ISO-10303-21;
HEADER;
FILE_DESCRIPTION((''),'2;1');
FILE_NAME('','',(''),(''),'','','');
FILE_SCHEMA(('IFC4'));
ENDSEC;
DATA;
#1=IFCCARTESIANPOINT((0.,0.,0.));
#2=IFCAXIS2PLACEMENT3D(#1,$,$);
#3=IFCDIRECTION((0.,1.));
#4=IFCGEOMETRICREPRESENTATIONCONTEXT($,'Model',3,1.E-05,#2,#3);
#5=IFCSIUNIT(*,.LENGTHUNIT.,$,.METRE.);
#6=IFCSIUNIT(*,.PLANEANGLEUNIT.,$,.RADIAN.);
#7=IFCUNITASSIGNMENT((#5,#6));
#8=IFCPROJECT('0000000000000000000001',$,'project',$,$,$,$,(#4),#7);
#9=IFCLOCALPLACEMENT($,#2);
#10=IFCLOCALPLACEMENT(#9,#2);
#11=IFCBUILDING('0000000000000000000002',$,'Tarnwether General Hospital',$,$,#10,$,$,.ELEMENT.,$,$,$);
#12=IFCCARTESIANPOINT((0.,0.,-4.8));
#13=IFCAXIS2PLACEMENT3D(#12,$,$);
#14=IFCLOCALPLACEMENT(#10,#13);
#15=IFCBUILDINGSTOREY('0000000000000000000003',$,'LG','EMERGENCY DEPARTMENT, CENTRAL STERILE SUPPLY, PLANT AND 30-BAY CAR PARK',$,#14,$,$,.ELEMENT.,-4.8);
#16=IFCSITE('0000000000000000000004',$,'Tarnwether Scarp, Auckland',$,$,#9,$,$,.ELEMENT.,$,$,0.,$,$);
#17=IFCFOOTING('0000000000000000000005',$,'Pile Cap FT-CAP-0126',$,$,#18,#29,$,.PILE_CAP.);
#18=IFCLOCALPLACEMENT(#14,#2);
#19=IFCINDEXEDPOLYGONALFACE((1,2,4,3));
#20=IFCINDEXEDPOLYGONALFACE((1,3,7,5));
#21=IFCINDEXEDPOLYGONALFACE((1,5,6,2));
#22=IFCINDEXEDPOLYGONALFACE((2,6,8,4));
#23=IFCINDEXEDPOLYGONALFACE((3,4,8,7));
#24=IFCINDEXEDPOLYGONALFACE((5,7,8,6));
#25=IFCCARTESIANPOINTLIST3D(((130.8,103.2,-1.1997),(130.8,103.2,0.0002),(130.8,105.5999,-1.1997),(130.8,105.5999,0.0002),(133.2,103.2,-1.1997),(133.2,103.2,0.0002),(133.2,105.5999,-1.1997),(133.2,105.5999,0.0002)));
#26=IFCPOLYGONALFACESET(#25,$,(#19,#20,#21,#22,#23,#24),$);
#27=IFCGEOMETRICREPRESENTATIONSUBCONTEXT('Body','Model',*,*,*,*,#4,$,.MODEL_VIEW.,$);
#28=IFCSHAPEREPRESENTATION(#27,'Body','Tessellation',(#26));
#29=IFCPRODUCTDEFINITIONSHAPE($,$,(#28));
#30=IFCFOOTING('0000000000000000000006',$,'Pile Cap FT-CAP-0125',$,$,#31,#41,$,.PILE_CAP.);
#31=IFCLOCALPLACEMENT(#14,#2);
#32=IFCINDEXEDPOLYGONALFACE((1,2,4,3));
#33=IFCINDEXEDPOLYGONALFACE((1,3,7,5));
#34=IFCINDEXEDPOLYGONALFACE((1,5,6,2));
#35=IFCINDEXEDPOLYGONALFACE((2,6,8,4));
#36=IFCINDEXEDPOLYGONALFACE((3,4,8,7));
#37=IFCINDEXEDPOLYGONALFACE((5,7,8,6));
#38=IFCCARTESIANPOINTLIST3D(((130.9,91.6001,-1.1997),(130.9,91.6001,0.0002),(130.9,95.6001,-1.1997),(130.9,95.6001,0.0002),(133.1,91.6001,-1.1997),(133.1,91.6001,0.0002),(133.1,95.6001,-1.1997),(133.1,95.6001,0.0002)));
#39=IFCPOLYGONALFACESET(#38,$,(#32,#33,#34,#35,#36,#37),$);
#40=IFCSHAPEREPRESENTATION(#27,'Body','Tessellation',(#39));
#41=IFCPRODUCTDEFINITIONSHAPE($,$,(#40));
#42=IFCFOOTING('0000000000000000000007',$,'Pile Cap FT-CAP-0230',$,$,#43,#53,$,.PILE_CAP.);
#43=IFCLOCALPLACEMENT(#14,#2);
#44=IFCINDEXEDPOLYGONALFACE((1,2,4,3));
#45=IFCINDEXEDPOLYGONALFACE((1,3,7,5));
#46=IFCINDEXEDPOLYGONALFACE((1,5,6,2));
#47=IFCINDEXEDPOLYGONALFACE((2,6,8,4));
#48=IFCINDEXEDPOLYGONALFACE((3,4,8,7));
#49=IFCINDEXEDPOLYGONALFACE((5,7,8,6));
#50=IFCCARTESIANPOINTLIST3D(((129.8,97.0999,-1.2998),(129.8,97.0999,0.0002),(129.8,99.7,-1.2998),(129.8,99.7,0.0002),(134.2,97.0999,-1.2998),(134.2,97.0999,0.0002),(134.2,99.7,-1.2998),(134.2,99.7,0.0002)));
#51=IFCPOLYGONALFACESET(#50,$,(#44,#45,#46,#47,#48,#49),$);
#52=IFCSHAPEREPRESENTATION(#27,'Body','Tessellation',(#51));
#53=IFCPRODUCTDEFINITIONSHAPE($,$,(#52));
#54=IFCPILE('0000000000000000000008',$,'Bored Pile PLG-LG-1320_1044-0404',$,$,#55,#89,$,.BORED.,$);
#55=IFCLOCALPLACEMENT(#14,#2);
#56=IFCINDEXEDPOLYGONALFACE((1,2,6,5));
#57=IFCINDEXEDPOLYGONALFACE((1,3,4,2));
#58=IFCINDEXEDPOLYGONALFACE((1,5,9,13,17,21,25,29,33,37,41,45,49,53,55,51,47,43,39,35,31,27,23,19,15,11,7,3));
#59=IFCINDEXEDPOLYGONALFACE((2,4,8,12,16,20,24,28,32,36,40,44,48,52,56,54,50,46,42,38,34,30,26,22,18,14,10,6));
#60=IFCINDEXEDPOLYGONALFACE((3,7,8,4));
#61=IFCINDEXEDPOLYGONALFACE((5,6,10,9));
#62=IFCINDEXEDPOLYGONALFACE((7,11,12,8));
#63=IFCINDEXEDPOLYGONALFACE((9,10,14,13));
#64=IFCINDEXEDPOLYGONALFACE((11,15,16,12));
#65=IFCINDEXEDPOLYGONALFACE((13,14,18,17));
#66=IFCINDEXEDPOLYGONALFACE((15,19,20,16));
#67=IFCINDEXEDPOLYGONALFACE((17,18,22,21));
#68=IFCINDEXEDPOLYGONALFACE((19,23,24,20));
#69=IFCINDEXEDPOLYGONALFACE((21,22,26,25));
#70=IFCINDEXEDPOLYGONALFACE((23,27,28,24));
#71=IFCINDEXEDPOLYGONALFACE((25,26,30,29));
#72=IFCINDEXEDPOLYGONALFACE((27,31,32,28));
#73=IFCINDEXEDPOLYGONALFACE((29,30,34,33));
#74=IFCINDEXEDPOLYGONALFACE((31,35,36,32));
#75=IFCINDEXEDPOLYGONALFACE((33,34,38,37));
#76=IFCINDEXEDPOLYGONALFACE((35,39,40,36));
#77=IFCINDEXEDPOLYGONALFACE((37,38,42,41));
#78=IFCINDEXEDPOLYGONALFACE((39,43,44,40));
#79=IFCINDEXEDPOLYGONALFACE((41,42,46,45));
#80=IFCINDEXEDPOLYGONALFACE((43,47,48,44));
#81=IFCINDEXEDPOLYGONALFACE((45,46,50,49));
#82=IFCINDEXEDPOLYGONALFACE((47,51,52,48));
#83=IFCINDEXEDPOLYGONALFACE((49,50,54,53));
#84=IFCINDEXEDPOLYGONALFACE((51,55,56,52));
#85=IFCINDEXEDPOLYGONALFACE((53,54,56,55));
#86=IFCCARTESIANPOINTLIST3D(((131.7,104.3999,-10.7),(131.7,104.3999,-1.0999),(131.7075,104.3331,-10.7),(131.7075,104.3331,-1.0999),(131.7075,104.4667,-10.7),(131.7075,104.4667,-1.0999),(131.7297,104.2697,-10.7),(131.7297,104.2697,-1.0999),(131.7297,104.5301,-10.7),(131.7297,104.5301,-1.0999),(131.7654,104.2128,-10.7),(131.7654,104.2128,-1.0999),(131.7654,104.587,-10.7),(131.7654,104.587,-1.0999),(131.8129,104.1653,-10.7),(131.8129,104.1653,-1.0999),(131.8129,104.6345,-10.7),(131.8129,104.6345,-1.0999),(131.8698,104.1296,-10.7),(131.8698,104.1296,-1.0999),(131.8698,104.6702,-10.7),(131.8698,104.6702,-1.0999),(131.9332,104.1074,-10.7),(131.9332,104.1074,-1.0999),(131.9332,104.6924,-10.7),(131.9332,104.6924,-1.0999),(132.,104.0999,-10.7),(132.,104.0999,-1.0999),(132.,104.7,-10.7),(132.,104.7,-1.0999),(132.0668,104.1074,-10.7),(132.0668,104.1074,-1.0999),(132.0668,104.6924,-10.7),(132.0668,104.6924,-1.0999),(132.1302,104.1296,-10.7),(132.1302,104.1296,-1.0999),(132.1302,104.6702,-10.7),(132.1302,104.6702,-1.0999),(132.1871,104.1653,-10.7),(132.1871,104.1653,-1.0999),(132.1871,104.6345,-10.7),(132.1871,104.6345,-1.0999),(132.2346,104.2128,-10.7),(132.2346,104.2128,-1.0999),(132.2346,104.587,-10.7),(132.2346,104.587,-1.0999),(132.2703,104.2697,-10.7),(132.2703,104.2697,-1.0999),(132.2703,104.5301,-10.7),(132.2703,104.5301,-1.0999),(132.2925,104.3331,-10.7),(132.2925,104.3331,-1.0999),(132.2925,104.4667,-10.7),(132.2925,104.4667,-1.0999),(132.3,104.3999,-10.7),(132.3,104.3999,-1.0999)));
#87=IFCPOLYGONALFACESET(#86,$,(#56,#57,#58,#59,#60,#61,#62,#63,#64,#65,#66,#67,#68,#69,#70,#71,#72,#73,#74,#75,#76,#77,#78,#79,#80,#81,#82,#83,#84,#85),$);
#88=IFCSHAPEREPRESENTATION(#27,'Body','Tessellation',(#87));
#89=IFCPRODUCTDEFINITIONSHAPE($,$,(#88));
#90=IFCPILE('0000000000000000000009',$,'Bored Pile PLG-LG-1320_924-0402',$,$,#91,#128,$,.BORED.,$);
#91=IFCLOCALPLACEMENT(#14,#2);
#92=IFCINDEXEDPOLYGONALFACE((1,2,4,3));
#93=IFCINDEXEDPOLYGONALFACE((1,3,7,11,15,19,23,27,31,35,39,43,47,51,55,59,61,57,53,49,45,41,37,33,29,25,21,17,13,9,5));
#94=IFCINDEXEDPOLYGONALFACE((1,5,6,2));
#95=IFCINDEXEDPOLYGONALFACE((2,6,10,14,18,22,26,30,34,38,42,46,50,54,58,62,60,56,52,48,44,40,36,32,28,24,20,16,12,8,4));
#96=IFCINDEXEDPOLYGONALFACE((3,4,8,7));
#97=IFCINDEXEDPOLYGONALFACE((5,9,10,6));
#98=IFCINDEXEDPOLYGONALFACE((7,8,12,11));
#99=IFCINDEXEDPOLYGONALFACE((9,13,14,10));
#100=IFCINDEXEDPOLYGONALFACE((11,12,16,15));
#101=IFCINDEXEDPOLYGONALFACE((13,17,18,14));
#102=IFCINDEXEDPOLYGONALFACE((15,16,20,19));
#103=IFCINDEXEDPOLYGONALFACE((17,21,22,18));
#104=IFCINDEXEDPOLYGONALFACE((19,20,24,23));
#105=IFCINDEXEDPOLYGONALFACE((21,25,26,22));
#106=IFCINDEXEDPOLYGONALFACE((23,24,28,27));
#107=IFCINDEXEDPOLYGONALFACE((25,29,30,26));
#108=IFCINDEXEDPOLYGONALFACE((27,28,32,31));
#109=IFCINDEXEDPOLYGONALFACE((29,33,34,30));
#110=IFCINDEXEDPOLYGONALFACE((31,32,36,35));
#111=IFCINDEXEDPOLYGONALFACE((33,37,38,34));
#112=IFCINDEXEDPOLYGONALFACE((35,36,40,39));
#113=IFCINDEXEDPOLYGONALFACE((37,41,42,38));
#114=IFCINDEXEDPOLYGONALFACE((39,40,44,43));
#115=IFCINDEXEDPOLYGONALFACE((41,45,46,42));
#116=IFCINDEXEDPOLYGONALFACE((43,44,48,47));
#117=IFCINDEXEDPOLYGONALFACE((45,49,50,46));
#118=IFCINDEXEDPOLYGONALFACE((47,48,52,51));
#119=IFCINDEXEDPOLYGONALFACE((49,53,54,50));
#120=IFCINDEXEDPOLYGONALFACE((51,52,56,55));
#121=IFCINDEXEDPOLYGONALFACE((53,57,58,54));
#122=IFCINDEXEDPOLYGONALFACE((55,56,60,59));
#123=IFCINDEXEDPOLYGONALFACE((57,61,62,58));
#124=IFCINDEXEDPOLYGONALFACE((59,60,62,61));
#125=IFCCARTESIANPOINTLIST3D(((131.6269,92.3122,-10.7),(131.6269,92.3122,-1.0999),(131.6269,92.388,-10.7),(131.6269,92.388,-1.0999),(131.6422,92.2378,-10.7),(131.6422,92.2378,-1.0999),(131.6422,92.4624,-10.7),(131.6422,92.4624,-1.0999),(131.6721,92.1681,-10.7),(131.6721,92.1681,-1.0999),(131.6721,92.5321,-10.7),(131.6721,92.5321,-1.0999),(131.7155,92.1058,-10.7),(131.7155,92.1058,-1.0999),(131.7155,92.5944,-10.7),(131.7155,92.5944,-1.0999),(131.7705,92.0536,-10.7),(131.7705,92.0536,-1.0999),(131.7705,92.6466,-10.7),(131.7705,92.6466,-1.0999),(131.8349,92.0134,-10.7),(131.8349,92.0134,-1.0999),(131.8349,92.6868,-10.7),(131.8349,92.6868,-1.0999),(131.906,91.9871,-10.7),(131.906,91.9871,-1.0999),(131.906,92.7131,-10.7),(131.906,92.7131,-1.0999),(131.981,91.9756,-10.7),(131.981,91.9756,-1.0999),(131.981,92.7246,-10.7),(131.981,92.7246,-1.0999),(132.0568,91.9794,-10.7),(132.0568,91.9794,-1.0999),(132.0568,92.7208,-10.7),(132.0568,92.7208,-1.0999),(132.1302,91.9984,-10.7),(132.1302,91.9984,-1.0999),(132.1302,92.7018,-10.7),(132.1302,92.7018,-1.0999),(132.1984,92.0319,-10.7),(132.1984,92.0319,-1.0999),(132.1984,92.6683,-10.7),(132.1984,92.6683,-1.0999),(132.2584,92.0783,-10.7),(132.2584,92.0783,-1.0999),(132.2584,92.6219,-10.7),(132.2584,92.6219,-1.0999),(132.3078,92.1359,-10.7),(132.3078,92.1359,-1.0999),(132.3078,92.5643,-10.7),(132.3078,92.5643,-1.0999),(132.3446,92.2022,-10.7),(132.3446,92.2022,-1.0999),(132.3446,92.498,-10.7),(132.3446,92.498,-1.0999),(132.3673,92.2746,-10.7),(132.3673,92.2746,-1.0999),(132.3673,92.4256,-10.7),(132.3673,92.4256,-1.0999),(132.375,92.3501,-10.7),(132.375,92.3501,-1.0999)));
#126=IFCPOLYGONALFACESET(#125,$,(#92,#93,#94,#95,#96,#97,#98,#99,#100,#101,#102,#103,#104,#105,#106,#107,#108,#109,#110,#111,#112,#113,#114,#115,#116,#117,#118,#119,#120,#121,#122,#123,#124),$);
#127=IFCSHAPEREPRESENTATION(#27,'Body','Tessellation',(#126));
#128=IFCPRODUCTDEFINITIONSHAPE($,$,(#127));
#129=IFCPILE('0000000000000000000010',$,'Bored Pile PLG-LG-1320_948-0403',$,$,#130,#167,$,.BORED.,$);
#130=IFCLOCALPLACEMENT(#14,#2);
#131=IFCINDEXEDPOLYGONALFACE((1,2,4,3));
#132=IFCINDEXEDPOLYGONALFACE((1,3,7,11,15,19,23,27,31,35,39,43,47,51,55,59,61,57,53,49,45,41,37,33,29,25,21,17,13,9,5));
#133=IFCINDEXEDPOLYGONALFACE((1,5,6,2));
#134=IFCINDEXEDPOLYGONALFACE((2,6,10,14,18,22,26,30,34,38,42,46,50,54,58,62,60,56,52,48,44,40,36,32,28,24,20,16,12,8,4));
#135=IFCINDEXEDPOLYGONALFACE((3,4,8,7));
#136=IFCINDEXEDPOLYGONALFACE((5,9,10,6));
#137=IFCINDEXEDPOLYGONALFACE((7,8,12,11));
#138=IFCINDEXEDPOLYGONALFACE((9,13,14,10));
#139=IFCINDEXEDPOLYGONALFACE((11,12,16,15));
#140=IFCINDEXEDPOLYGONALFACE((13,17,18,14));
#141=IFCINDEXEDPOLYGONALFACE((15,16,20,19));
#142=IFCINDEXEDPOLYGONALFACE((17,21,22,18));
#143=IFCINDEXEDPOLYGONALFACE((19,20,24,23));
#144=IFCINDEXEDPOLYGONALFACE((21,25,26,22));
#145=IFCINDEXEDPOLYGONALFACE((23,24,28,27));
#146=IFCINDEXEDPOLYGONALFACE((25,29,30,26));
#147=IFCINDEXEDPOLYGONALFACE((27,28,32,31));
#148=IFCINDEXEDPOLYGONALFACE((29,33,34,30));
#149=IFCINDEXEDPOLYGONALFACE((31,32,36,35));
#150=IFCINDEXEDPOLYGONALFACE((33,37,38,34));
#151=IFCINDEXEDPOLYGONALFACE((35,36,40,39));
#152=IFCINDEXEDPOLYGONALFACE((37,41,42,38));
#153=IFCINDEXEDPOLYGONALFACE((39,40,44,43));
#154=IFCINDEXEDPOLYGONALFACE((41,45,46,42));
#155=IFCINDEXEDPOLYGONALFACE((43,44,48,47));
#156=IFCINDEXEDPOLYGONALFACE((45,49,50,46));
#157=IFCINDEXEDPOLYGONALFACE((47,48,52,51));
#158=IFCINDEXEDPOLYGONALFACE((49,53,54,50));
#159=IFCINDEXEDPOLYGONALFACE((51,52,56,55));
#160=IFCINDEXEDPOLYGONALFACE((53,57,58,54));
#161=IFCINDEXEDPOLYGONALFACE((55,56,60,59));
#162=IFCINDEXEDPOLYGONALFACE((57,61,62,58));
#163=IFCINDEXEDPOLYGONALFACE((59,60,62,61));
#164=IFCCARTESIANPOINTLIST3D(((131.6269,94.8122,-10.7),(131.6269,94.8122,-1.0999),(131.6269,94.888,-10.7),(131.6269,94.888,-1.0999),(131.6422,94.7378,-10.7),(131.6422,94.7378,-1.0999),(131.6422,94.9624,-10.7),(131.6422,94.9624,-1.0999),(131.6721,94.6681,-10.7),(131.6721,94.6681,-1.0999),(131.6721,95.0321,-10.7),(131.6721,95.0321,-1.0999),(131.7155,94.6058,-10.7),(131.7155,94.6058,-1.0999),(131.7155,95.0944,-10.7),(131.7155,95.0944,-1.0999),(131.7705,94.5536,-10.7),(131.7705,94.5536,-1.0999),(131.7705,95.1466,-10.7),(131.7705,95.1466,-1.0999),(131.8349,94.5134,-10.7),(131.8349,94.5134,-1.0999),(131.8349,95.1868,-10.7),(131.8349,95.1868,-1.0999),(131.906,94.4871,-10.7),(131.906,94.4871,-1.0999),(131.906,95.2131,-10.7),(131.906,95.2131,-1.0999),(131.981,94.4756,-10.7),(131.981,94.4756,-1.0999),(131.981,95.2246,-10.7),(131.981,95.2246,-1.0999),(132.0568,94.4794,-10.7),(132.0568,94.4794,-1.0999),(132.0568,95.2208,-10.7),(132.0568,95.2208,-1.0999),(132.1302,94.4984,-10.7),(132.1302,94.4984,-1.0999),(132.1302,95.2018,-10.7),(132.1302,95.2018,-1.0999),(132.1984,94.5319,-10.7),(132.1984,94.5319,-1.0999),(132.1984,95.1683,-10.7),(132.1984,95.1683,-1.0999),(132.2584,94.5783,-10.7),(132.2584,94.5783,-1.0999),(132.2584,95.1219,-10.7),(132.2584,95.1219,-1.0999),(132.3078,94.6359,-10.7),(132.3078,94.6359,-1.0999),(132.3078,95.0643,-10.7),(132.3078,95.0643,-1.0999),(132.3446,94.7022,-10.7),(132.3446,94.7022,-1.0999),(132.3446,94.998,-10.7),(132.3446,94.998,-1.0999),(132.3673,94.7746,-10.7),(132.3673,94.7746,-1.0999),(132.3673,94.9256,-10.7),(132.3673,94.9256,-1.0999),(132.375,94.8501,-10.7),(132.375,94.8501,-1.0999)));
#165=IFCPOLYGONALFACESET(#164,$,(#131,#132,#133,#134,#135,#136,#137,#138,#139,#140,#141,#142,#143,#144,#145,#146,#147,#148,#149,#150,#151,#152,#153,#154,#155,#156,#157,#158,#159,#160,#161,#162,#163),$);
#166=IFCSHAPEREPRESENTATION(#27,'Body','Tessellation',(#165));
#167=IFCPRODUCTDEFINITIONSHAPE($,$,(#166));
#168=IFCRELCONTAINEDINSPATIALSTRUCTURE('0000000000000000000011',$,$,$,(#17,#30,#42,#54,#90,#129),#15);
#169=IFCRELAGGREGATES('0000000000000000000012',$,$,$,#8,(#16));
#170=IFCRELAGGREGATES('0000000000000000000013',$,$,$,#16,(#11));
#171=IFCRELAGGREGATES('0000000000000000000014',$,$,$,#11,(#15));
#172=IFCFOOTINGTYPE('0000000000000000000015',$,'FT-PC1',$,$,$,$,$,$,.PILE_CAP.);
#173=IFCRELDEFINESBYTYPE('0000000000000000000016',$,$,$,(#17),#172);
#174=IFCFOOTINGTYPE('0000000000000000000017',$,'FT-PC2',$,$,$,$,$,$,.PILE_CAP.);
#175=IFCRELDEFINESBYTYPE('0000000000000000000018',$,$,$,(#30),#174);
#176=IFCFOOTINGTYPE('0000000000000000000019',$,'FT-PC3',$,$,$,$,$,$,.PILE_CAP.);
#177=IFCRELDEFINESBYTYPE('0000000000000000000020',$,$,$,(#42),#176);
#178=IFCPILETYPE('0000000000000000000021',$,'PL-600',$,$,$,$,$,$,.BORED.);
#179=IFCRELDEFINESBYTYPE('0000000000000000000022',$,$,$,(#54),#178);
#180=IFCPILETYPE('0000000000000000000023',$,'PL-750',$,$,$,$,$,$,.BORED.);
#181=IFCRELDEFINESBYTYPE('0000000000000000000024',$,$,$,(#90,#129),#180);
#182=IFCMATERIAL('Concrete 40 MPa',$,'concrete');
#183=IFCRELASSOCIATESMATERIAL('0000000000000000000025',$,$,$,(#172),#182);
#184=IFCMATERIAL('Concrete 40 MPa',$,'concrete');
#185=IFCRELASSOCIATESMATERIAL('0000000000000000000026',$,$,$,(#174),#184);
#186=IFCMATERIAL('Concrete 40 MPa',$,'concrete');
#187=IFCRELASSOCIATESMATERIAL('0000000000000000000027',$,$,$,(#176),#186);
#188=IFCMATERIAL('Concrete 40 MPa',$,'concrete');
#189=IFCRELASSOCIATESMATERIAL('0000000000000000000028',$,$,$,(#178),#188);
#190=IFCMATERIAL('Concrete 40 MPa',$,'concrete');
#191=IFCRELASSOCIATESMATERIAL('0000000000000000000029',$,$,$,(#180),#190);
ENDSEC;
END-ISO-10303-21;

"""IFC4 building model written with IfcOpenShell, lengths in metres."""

from ifc_helpers import new_model, si_unit, direction, frame, origin, origin_2d, place, context, subcontext, project, spatial, rectangle, circle, extrude, material, material_profile, profile_set, type_object, element, save


model = new_model("IFC4")

# Units and contexts
model_context = context("Model", 3, precision=1e-05, world=origin(), true_north=direction((0.0, 1.0)))
body_context = subcontext(model_context, "Body", "Model", "MODEL_VIEW")
ifc_project = project(units=[si_unit("LENGTHUNIT", "METRE"), si_unit("PLANEANGLEUNIT", "RADIAN")], contexts=[model_context])

# Site, building, storey
site_placement = place(None, origin())
site = spatial("IfcSite", under=ifc_project, at=site_placement, Name="Tarnwether Scarp, Auckland", CompositionType="ELEMENT", RefElevation=0.0)
building_placement = place(site_placement, origin())
building = spatial("IfcBuilding", under=site, at=building_placement, Name="Tarnwether General Hospital", CompositionType="ELEMENT")
storey_placement = place(building_placement, frame((0.0, 0.0, -4.8)))
storey = spatial("IfcBuildingStorey", under=building, at=storey_placement, Name="LG", Description="EMERGENCY DEPARTMENT, CENTRAL STERILE SUPPLY, PLANT AND 30-BAY CAR PARK", CompositionType="ELEMENT", Elevation=-4.8)

# Footings
ifc_material_1 = material(Name="Concrete 40 MPa", Category="concrete")
footing_type_1 = type_object("IfcFootingType", Name="FT-PC1", PredefinedType="PILE_CAP", material=ifc_material_1)
footing_1_placement = place(storey_placement, frame((132.0, 104.3999, -1.1997), z_axis=(0.0, 0.0, 1.0), x_axis=(0.0, 1.0, 0.0)))
element("IfcFooting", 1, at=footing_1_placement, inside=storey, type_object=footing_type_1, Name="Pile Cap FT-CAP-0126", PredefinedType="PILE_CAP", context=body_context, shape_type="SweptSolid", body=[
    extrude(rectangle(XDim=2.3999, YDim=2.3999, at=origin_2d()), origin(), (0.0, 0.0, 1.0), 1.2),
])
ifc_material_2 = material(Name="Concrete 40 MPa", Category="concrete")
footing_type_2 = type_object("IfcFootingType", Name="FT-PC2", PredefinedType="PILE_CAP", material=ifc_material_2)
footing_2_placement = place(storey_placement, frame((132.0, 93.6001, -1.1997), z_axis=(0.0, 0.0, 1.0), x_axis=(0.0, 1.0, 0.0)))
element("IfcFooting", 2, at=footing_2_placement, inside=storey, type_object=footing_type_2, Name="Pile Cap FT-CAP-0125", PredefinedType="PILE_CAP", context=body_context, shape_type="SweptSolid", body=[
    extrude(rectangle(XDim=4.0, YDim=2.2, at=origin_2d()), origin(), (0.0, 0.0, 1.0), 1.2),
])
ifc_material_3 = material(Name="Concrete 40 MPa", Category="concrete")
footing_type_3 = type_object("IfcFootingType", Name="FT-PC3", PredefinedType="PILE_CAP", material=ifc_material_3)
footing_3_placement = place(storey_placement, frame((132.0, 98.3999, -1.2998), z_axis=(0.0, 0.0, 1.0), x_axis=(1.0, 0.0, 0.0)))
element("IfcFooting", 3, at=footing_3_placement, inside=storey, type_object=footing_type_3, Name="Pile Cap FT-CAP-0230", PredefinedType="PILE_CAP", context=body_context, shape_type="SweptSolid", body=[
    extrude(rectangle(XDim=4.3999, YDim=2.6001, at=origin_2d()), origin(), (0.0, 0.0, 1.0), 1.3),
])

# Piles
ifc_material_4 = material(Name="Concrete 40 MPa", Category="concrete")
ifc_material_profile_1 = material_profile(ifc_material_4, circle(Radius=0.3, at=origin_2d()), Name="PILE-D600")
ifc_profile_set_1 = profile_set([ifc_material_profile_1], Name="Concrete 40 MPa")
pile_type_1 = type_object("IfcPileType", Name="PL-600", PredefinedType="BORED", material=ifc_profile_set_1)
pile_1_placement = place(storey_placement, frame((132.0, 104.3999, -1.0999), z_axis=(0.0, 0.0, -1.0), x_axis=(1.0, 0.0, 0.0)))
element("IfcPile", 4, at=pile_1_placement, inside=storey, type_object=pile_type_1, Name="Bored Pile PLG-LG-1320_1044-0404", PredefinedType="BORED", context=body_context, shape_type="SweptSolid", body=[
    extrude(circle(Radius=0.3, at=origin_2d()), origin(), (0.0, 0.0, 1.0), 9.6001),
])
ifc_material_5 = material(Name="Concrete 40 MPa", Category="concrete")
ifc_material_profile_2 = material_profile(ifc_material_5, circle(Radius=0.375, at=origin_2d()), Name="PILE-D750")
ifc_profile_set_2 = profile_set([ifc_material_profile_2], Name="Concrete 40 MPa")
pile_type_2 = type_object("IfcPileType", Name="PL-750", PredefinedType="BORED", material=ifc_profile_set_2)
for number, where, z_axis, x_axis, name in (
    (5, (132.0, 92.3501, -1.0999), (0.0, 0.0, -1.0), (1.0, 0.0, 0.0), "Bored Pile PLG-LG-1320_924-0402"),
    (6, (132.0, 94.8501, -1.0999), (0.0, 0.0, -1.0), (1.0, 0.0, 0.0), "Bored Pile PLG-LG-1320_948-0403"),
):
    element("IfcPile", number, at=place(storey_placement, frame(where, z_axis=z_axis, x_axis=x_axis)), inside=storey, type_object=pile_type_2, Name=name, PredefinedType="BORED", context=body_context, shape_type="SweptSolid", body=[
        extrude(circle(Radius=0.375, at=origin_2d()), origin(), (0.0, 0.0, 1.0), 9.6001),
    ])

save(model, "model.ifc")
